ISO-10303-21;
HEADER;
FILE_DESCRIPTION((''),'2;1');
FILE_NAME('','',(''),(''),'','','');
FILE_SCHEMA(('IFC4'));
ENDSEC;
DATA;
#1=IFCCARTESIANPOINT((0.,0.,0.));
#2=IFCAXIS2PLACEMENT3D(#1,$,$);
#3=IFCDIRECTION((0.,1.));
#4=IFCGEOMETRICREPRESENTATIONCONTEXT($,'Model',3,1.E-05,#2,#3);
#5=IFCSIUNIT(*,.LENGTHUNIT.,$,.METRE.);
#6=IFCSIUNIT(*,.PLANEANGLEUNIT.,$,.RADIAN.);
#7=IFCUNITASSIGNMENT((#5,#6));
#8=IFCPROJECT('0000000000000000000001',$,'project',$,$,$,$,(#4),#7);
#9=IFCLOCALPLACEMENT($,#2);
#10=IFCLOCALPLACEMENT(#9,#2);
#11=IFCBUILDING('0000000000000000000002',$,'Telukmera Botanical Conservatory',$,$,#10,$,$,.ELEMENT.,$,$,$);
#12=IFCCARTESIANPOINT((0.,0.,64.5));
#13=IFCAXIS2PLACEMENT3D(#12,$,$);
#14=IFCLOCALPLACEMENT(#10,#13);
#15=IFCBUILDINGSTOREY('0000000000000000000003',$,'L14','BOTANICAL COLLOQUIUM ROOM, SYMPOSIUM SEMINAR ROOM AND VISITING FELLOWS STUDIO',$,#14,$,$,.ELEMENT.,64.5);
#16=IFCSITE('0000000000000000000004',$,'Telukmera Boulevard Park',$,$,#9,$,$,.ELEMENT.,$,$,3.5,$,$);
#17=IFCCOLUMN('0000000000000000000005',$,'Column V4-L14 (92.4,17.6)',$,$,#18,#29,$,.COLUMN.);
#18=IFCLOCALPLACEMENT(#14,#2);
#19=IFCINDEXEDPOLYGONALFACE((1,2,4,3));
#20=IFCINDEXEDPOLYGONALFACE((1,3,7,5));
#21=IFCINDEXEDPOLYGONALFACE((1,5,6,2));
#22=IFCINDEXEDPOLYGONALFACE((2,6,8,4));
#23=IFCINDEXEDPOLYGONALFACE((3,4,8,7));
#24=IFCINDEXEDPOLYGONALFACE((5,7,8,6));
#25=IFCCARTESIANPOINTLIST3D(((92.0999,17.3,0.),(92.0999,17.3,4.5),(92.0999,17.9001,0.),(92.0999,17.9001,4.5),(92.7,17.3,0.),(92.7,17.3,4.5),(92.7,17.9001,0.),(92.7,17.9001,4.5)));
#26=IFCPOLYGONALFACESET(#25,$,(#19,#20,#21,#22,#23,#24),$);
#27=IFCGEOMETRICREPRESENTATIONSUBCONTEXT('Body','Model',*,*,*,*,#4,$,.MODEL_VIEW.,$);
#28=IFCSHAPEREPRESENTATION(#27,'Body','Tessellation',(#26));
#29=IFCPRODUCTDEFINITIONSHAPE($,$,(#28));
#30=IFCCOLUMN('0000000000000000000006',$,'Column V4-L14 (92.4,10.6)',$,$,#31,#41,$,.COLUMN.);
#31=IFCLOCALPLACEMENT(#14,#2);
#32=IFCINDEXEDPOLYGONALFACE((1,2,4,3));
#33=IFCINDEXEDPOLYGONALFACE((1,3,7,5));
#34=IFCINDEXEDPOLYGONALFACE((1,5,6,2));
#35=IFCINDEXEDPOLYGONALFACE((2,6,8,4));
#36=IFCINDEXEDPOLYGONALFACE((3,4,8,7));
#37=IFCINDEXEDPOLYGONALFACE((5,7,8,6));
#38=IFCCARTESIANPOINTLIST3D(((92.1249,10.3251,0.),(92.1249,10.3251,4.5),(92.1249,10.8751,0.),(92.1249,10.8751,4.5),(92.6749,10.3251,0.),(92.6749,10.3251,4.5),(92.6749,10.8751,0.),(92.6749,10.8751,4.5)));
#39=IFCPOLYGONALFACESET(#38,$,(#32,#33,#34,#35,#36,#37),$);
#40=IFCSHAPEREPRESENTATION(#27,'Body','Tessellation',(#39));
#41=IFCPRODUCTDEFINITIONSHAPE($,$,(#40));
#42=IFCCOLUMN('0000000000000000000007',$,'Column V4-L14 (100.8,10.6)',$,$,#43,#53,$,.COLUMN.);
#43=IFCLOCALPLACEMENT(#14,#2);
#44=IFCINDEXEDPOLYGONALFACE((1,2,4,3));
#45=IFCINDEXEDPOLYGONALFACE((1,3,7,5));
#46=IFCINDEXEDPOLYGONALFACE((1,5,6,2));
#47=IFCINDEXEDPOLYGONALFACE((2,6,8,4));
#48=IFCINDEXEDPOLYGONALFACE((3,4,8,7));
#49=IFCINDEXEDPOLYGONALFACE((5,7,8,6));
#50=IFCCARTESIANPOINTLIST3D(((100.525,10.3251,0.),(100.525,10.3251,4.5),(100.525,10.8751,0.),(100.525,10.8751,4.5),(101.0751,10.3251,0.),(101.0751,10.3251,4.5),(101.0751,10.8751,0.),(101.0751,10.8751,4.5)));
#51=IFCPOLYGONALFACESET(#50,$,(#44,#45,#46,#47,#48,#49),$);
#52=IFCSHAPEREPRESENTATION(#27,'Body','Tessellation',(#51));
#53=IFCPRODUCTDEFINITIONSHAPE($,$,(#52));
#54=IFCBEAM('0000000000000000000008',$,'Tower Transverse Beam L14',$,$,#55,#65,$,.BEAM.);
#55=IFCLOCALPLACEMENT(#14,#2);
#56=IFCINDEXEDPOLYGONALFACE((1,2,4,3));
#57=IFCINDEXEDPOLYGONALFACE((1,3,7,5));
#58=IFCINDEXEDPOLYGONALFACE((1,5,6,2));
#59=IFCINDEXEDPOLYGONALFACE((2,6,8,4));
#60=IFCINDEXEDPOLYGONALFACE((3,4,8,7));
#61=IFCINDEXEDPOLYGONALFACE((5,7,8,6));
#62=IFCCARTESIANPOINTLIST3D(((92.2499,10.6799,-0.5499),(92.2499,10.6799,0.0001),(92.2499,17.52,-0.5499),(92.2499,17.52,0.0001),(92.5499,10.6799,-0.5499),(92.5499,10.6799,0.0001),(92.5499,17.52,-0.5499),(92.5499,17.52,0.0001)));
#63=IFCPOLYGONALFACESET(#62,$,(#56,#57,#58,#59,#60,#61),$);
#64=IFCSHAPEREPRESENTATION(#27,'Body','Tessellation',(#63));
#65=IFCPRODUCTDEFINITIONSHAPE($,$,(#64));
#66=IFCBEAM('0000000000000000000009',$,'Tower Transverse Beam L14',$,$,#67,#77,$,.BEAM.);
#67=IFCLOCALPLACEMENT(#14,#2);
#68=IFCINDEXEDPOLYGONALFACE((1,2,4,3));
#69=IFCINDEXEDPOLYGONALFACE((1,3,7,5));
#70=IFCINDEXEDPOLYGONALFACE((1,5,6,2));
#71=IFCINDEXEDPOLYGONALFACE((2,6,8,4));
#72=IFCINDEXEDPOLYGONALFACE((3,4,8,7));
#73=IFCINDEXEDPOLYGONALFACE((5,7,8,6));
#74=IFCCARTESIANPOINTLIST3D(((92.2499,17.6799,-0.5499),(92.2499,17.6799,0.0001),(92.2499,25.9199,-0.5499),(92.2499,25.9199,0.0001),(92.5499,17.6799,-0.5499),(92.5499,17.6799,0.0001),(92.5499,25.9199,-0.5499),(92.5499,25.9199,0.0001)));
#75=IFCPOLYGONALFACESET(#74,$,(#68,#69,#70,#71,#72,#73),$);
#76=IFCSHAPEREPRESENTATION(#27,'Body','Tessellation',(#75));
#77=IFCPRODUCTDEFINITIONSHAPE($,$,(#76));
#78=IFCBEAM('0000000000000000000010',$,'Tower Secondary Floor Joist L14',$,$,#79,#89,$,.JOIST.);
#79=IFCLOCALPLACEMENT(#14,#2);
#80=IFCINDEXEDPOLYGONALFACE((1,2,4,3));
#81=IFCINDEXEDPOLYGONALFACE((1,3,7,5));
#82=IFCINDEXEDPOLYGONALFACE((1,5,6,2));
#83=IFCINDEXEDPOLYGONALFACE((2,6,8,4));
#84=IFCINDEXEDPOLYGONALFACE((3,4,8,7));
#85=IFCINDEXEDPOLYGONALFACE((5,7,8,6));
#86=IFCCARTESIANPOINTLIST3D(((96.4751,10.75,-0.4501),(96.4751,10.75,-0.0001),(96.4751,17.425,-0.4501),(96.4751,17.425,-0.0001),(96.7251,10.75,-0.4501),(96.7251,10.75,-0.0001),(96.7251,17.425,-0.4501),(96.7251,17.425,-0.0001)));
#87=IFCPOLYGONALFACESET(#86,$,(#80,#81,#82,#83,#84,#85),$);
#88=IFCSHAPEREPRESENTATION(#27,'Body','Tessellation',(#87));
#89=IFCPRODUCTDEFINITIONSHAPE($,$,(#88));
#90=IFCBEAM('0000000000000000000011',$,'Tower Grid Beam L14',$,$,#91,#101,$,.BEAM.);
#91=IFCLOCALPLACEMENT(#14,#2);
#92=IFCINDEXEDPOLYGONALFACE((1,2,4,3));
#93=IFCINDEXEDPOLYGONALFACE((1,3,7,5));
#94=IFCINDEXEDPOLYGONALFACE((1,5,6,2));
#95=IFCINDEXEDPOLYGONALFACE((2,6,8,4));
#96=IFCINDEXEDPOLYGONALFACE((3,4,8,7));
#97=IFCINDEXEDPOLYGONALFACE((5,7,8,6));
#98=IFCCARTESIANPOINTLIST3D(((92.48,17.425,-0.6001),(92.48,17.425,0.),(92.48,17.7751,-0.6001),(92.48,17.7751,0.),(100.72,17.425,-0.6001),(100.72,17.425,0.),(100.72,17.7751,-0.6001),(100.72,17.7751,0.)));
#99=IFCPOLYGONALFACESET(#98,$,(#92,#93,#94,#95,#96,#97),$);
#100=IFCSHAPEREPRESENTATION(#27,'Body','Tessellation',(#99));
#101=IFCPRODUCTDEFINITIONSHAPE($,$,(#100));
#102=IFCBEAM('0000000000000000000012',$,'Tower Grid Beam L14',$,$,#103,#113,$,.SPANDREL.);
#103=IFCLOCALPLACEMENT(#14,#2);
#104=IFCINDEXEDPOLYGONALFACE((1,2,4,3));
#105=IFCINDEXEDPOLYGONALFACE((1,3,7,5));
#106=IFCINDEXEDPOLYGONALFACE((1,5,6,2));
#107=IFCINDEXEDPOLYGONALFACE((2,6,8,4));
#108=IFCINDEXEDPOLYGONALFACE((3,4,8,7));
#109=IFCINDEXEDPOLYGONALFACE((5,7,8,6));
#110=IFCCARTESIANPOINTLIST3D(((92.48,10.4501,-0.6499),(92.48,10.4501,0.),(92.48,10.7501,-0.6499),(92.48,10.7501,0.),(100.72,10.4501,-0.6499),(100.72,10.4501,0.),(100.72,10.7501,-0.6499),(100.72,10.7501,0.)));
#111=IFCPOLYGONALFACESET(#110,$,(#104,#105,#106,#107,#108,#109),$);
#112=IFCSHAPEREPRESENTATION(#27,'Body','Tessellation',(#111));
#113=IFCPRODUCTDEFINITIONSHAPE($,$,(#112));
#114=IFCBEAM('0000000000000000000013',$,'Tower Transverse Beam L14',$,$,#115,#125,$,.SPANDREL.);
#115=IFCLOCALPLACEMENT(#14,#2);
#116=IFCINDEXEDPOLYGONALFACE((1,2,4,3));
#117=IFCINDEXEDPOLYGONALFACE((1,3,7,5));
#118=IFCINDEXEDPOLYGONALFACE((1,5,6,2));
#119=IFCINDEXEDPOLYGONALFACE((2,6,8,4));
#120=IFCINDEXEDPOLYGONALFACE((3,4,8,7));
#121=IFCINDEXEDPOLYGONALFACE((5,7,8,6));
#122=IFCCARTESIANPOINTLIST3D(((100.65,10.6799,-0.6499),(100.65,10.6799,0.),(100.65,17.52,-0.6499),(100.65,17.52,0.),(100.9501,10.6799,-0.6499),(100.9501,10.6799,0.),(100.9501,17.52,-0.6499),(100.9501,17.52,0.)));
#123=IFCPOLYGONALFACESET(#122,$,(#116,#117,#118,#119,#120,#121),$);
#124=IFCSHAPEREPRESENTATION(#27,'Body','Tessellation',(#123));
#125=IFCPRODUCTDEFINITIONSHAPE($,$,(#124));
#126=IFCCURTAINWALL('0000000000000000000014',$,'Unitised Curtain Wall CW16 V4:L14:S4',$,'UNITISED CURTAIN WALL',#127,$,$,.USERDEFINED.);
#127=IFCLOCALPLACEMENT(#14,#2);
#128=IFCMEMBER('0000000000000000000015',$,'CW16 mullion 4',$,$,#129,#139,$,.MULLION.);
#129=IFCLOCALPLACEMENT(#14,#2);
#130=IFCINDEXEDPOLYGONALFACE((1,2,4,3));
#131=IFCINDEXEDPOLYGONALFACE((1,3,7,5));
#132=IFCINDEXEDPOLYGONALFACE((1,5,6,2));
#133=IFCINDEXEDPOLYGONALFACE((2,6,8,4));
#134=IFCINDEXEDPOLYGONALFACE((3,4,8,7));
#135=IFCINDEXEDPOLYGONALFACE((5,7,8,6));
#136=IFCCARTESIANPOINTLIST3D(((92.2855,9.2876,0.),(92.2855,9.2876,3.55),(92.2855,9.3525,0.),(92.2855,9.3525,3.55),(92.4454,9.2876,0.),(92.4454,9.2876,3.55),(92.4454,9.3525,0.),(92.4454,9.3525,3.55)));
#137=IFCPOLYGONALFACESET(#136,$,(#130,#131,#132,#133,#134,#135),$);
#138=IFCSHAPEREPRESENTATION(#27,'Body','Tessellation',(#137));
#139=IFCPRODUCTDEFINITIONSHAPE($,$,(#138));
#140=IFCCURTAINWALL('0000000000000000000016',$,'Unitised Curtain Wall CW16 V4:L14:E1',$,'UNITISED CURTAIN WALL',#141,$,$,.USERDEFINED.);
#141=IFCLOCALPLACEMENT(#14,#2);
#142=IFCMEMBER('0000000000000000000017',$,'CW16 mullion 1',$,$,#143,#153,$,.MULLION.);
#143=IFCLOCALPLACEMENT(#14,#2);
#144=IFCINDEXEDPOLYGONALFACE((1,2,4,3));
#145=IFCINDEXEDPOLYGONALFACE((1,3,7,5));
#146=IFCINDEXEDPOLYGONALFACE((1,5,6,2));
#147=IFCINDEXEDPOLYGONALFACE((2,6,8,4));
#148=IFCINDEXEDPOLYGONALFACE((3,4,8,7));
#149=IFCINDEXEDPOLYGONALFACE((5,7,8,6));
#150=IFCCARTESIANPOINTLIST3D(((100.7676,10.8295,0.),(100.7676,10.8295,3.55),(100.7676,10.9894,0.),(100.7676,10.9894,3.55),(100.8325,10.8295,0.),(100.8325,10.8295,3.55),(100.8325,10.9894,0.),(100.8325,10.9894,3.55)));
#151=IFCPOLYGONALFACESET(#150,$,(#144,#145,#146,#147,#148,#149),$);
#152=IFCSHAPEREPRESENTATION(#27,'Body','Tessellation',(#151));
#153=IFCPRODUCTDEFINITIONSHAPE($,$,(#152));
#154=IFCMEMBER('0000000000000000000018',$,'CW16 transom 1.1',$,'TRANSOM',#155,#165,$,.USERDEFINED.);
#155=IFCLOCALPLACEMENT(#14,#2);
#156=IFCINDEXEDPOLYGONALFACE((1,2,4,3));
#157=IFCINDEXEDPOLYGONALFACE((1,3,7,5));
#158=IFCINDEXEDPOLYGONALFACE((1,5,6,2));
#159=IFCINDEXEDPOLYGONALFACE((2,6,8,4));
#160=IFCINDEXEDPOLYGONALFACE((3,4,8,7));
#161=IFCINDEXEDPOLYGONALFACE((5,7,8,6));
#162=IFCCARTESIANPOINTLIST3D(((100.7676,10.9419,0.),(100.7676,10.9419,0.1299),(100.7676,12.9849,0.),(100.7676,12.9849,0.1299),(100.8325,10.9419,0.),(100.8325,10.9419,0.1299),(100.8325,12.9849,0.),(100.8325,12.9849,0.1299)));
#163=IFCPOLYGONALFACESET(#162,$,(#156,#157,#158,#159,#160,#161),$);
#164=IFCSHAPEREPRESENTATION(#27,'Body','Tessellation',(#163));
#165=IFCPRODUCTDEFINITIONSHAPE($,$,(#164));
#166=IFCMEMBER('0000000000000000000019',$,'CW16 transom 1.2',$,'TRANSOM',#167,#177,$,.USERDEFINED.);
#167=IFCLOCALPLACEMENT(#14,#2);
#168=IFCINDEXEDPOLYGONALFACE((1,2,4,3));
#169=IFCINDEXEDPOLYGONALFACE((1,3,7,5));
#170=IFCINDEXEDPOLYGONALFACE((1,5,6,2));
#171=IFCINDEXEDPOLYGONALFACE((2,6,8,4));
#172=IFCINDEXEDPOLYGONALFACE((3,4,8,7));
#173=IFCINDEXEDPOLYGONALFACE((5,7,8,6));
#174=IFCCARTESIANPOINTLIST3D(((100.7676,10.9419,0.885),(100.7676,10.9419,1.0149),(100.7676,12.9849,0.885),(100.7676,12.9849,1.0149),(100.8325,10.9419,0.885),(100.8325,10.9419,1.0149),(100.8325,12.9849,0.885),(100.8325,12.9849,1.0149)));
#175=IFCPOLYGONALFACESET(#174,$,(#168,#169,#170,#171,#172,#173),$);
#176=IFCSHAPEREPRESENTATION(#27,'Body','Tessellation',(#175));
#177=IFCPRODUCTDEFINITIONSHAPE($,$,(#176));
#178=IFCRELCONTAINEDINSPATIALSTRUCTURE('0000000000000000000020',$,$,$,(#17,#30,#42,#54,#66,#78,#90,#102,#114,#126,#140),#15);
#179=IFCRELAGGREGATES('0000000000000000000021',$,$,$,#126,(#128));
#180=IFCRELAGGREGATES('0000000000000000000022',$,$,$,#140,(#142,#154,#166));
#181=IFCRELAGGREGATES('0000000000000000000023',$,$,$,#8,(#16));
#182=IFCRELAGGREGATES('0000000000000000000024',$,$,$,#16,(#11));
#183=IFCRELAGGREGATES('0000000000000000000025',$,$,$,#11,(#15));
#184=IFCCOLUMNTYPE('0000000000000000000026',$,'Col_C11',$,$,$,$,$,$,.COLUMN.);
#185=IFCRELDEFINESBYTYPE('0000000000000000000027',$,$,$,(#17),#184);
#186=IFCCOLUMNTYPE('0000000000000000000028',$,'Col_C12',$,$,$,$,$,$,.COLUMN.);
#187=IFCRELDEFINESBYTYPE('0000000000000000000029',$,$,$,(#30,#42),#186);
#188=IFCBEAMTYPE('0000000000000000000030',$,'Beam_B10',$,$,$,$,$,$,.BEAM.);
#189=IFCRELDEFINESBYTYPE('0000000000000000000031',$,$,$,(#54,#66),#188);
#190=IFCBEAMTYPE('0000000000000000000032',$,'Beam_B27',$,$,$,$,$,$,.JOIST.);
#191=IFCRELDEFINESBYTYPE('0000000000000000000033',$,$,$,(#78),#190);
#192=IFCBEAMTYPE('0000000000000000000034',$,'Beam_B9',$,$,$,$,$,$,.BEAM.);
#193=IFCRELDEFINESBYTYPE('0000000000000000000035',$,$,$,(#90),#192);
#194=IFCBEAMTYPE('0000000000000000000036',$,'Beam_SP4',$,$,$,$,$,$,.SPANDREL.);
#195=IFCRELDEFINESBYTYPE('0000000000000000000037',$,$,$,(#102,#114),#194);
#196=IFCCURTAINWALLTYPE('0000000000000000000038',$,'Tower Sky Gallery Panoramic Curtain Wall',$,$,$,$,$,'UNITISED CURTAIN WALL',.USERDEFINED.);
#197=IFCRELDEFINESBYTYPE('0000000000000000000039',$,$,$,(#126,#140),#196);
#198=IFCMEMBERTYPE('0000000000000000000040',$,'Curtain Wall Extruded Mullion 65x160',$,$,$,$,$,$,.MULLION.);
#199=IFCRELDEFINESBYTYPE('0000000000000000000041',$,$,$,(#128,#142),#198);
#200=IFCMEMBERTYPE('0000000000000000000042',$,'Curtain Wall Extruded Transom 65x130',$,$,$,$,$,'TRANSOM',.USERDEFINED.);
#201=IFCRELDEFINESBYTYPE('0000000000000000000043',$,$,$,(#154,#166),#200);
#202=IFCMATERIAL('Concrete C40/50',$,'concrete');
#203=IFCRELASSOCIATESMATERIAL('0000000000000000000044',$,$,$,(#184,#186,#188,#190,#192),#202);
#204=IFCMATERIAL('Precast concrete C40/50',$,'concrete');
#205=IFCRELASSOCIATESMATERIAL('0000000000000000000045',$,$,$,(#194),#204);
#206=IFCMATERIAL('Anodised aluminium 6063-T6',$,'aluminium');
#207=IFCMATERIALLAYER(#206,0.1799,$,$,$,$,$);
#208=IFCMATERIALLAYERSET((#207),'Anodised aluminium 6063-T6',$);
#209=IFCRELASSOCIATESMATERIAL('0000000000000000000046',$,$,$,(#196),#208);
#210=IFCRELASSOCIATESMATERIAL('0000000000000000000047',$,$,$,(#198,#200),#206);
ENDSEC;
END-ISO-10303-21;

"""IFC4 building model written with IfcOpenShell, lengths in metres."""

from ifc_helpers import new_model, si_unit, direction, frame, origin, origin_2d, place, context, subcontext, project, spatial, rectangle, extrude, material, layer, layer_set, material_profile, profile_set, type_object, element, aggregate, save


model = new_model("IFC4")

# Units and contexts
model_context = context("Model", 3, precision=1e-05, world=origin(), true_north=direction((0.0, 1.0)))
body_context = subcontext(model_context, "Body", "Model", "MODEL_VIEW")
ifc_project = project(units=[si_unit("LENGTHUNIT", "METRE"), si_unit("PLANEANGLEUNIT", "RADIAN")], contexts=[model_context])

# Site, building, storey
site_placement = place(None, origin())
site = spatial("IfcSite", under=ifc_project, at=site_placement, Name="Telukmera Boulevard Park", CompositionType="ELEMENT", RefElevation=3.5)
building_placement = place(site_placement, origin())
building = spatial("IfcBuilding", under=site, at=building_placement, Name="Telukmera Botanical Conservatory", CompositionType="ELEMENT")
storey_placement = place(building_placement, frame((0.0, 0.0, 64.5)))
storey = spatial("IfcBuildingStorey", under=building, at=storey_placement, Name="L14", Description="BOTANICAL COLLOQUIUM ROOM, SYMPOSIUM SEMINAR ROOM AND VISITING FELLOWS STUDIO", CompositionType="ELEMENT", Elevation=64.5)

# Columns
ifc_material_1 = material(Name="Concrete C40/50", Category="concrete")
ifc_material_profile_1 = material_profile(ifc_material_1, rectangle(XDim=0.6001, YDim=0.6001, at=origin_2d()), Name="RC 600x600")
ifc_profile_set_1 = profile_set([ifc_material_profile_1], Name="Concrete C40/50")
column_type_1 = type_object("IfcColumnType", Name="Col_C11", PredefinedType="COLUMN", material=ifc_profile_set_1)
column_placement = place(storey_placement, frame((92.3999, 17.6001, 0.0), z_axis=(0.0, 0.0, 1.0), x_axis=(1.0, 0.0, 0.0)))
element("IfcColumn", 1, at=column_placement, inside=storey, type_object=column_type_1, Name="Column V4-L14 (92.4,17.6)", PredefinedType="COLUMN", context=body_context, shape_type="SweptSolid", body=[
    extrude(rectangle(XDim=0.6001, YDim=0.6001, at=origin_2d()), origin(), (0.0, 0.0, 1.0), 4.5),
])
ifc_material_profile_2 = material_profile(ifc_material_1, rectangle(XDim=0.55, YDim=0.55, at=origin_2d()), Name="RC 550x550")
ifc_profile_set_2 = profile_set([ifc_material_profile_2], Name="Concrete C40/50")
column_type_2 = type_object("IfcColumnType", Name="Col_C12", PredefinedType="COLUMN", material=ifc_profile_set_2)
for number, where, z_axis, x_axis, name in (
    (2, (92.3999, 10.6001, 0.0), (0.0, 0.0, 1.0), (1.0, 0.0, 0.0), "Column V4-L14 (92.4,10.6)"),
    (3, (100.8, 10.6001, 0.0), (0.0, 0.0, 1.0), (1.0, 0.0, 0.0), "Column V4-L14 (100.8,10.6)"),
):
    element("IfcColumn", number, at=place(storey_placement, frame(where, z_axis=z_axis, x_axis=x_axis)), inside=storey, type_object=column_type_2, Name=name, PredefinedType="COLUMN", context=body_context, shape_type="SweptSolid", body=[
        extrude(rectangle(XDim=0.55, YDim=0.55, at=origin_2d()), origin(), (0.0, 0.0, 1.0), 4.5),
    ])

# Beams
ifc_material_profile_3 = material_profile(ifc_material_1, rectangle(XDim=0.3, YDim=0.55, at=origin_2d()), Name="RC 300x550")
ifc_profile_set_3 = profile_set([ifc_material_profile_3], Name="Concrete C40/50")
beam_type_1 = type_object("IfcBeamType", Name="Beam_B10", PredefinedType="BEAM", material=ifc_profile_set_3)
beam_1_placement = place(storey_placement, frame((92.3999, 10.6799, -0.2749), z_axis=(0.0, 1.0, 0.0), x_axis=(-1.0, 0.0, 0.0)))
element("IfcBeam", 4, at=beam_1_placement, inside=storey, type_object=beam_type_1, Name="Tower Transverse Beam L14", PredefinedType="BEAM", context=body_context, shape_type="SweptSolid", body=[
    extrude(rectangle(XDim=0.3, YDim=0.55, at=origin_2d()), origin(), (0.0, 0.0, 1.0), 6.8401),
])
beam_2_placement = place(storey_placement, frame((92.3999, 17.6799, -0.2749), z_axis=(0.0, 1.0, 0.0), x_axis=(-1.0, 0.0, 0.0)))
element("IfcBeam", 5, at=beam_2_placement, inside=storey, type_object=beam_type_1, Name="Tower Transverse Beam L14", PredefinedType="BEAM", context=body_context, shape_type="SweptSolid", body=[
    extrude(rectangle(XDim=0.3, YDim=0.55, at=origin_2d()), origin(), (0.0, 0.0, 1.0), 8.24),
])
ifc_material_profile_4 = material_profile(ifc_material_1, rectangle(XDim=0.25, YDim=0.45, at=origin_2d()), Name="RC 250x450")
ifc_profile_set_4 = profile_set([ifc_material_profile_4], Name="Concrete C40/50")
beam_type_2 = type_object("IfcBeamType", Name="Beam_B27", PredefinedType="JOIST", material=ifc_profile_set_4)
beam_3_placement = place(storey_placement, frame((96.6001, 10.75, -0.2251), z_axis=(0.0, 1.0, 0.0), x_axis=(-1.0, 0.0, 0.0)))
element("IfcBeam", 6, at=beam_3_placement, inside=storey, type_object=beam_type_2, Name="Tower Secondary Floor Joist L14", PredefinedType="JOIST", context=body_context, shape_type="SweptSolid", body=[
    extrude(rectangle(XDim=0.25, YDim=0.45, at=origin_2d()), origin(), (0.0, 0.0, 1.0), 6.675),
])
ifc_material_profile_5 = material_profile(ifc_material_1, rectangle(XDim=0.3501, YDim=0.6001, at=origin_2d()), Name="RC 350x600")
ifc_profile_set_5 = profile_set([ifc_material_profile_5], Name="Concrete C40/50")
beam_type_3 = type_object("IfcBeamType", Name="Beam_B9", PredefinedType="BEAM", material=ifc_profile_set_5)
beam_4_placement = place(storey_placement, frame((92.48, 17.6001, -0.3), z_axis=(1.0, 0.0, 0.0), x_axis=(0.0, 1.0, 0.0)))
element("IfcBeam", 7, at=beam_4_placement, inside=storey, type_object=beam_type_3, Name="Tower Grid Beam L14", PredefinedType="BEAM", context=body_context, shape_type="SweptSolid", body=[
    extrude(rectangle(XDim=0.3501, YDim=0.6001, at=origin_2d()), origin(), (0.0, 0.0, 1.0), 8.24),
])
ifc_material_2 = material(Name="Precast concrete C40/50", Category="concrete")
ifc_material_profile_6 = material_profile(ifc_material_2, rectangle(XDim=0.3, YDim=0.6499, at=origin_2d()), Name="PC 300x650")
ifc_profile_set_6 = profile_set([ifc_material_profile_6], Name="Precast concrete C40/50")
beam_type_4 = type_object("IfcBeamType", Name="Beam_SP4", PredefinedType="SPANDREL", material=ifc_profile_set_6)
beam_5_placement = place(storey_placement, frame((92.48, 10.6001, -0.325), z_axis=(1.0, 0.0, 0.0), x_axis=(0.0, 1.0, 0.0)))
element("IfcBeam", 8, at=beam_5_placement, inside=storey, type_object=beam_type_4, Name="Tower Grid Beam L14", PredefinedType="SPANDREL", context=body_context, shape_type="SweptSolid", body=[
    extrude(rectangle(XDim=0.3, YDim=0.6499, at=origin_2d()), origin(), (0.0, 0.0, 1.0), 8.24),
])
beam_6_placement = place(storey_placement, frame((100.8, 10.6799, -0.325), z_axis=(0.0, 1.0, 0.0), x_axis=(-1.0, 0.0, 0.0)))
element("IfcBeam", 9, at=beam_6_placement, inside=storey, type_object=beam_type_4, Name="Tower Transverse Beam L14", PredefinedType="SPANDREL", context=body_context, shape_type="SweptSolid", body=[
    extrude(rectangle(XDim=0.3, YDim=0.6499, at=origin_2d()), origin(), (0.0, 0.0, 1.0), 6.8401),
])

# Curtain wall, member
ifc_material_3 = material(Name="Anodised aluminium 6063-T6", Category="aluminium")
ifc_layer_1 = layer(ifc_material_3, 0.1799)
ifc_layer_set_1 = layer_set([ifc_layer_1], Name="Anodised aluminium 6063-T6")
curtain_wall_type = type_object("IfcCurtainWallType", Name="Tower Sky Gallery Panoramic Curtain Wall", ElementType="UNITISED CURTAIN WALL", PredefinedType="USERDEFINED", material=ifc_layer_set_1)
curtain_wall_1_placement = place(storey_placement, origin())
curtain_wall_1 = element("IfcCurtainWall", 10, at=curtain_wall_1_placement, inside=storey, type_object=curtain_wall_type, Name="Unitised Curtain Wall CW16 V4:L14:S4", ObjectType="UNITISED CURTAIN WALL", PredefinedType="USERDEFINED")
ifc_material_profile_7 = material_profile(ifc_material_3, rectangle(XDim=0.0649, YDim=0.1599, at=origin_2d()), Name="ALU MULL 65x160")
ifc_profile_set_7 = profile_set([ifc_material_profile_7], Name="Anodised aluminium 6063-T6")
member_type_1 = type_object("IfcMemberType", Name="Curtain Wall Extruded Mullion 65x160", PredefinedType="MULLION", material=ifc_profile_set_7)
member_1_placement = place(storey_placement, frame((92.3655, 9.3201, 0.0), z_axis=(0.0, 0.0, 1.0), x_axis=(0.0, 1.0, 0.0)))
member_1 = element("IfcMember", 11, at=member_1_placement, type_object=member_type_1, Name="CW16 mullion 4", PredefinedType="MULLION", context=body_context, shape_type="SweptSolid", body=[
    extrude(rectangle(XDim=0.0649, YDim=0.1599, at=origin_2d()), origin(), (0.0, 0.0, 1.0), 3.55),
])
aggregate(curtain_wall_1, [member_1])

# Curtain wall, members
curtain_wall_2_placement = place(storey_placement, origin())
curtain_wall_2 = element("IfcCurtainWall", 12, at=curtain_wall_2_placement, inside=storey, type_object=curtain_wall_type, Name="Unitised Curtain Wall CW16 V4:L14:E1", ObjectType="UNITISED CURTAIN WALL", PredefinedType="USERDEFINED")
member_2_placement = place(storey_placement, frame((100.8, 10.9094, 0.0), z_axis=(0.0, 0.0, 1.0), x_axis=(-1.0, 0.0, 0.0)))
member_2 = element("IfcMember", 13, at=member_2_placement, type_object=member_type_1, Name="CW16 mullion 1", PredefinedType="MULLION", context=body_context, shape_type="SweptSolid", body=[
    extrude(rectangle(XDim=0.0649, YDim=0.1599, at=origin_2d()), origin(), (0.0, 0.0, 1.0), 3.55),
])
ifc_material_profile_8 = material_profile(ifc_material_3, rectangle(XDim=0.0649, YDim=0.1299, at=origin_2d()), Name="ALU TRAN 65x130")
ifc_profile_set_8 = profile_set([ifc_material_profile_8], Name="Anodised aluminium 6063-T6")
member_type_2 = type_object("IfcMemberType", Name="Curtain Wall Extruded Transom 65x130", ElementType="TRANSOM", PredefinedType="USERDEFINED", material=ifc_profile_set_8)
member_3_placement = place(storey_placement, frame((100.8, 10.9419, 0.0649), z_axis=(0.0, 1.0, 0.0), x_axis=(-1.0, 0.0, 0.0)))
member_3 = element("IfcMember", 14, at=member_3_placement, type_object=member_type_2, Name="CW16 transom 1.1", ObjectType="TRANSOM", PredefinedType="USERDEFINED", context=body_context, shape_type="SweptSolid", body=[
    extrude(rectangle(XDim=0.0649, YDim=0.1299, at=origin_2d()), origin(), (0.0, 0.0, 1.0), 2.043),
])
member_4_placement = place(storey_placement, frame((100.8, 10.9419, 0.95), z_axis=(0.0, 1.0, 0.0), x_axis=(-1.0, 0.0, 0.0)))
member_4 = element("IfcMember", 15, at=member_4_placement, type_object=member_type_2, Name="CW16 transom 1.2", ObjectType="TRANSOM", PredefinedType="USERDEFINED", context=body_context, shape_type="SweptSolid", body=[
    extrude(rectangle(XDim=0.0649, YDim=0.1299, at=origin_2d()), origin(), (0.0, 0.0, 1.0), 2.043),
])
aggregate(curtain_wall_2, [member_2, member_3, member_4])

save(model, "model.ifc")
